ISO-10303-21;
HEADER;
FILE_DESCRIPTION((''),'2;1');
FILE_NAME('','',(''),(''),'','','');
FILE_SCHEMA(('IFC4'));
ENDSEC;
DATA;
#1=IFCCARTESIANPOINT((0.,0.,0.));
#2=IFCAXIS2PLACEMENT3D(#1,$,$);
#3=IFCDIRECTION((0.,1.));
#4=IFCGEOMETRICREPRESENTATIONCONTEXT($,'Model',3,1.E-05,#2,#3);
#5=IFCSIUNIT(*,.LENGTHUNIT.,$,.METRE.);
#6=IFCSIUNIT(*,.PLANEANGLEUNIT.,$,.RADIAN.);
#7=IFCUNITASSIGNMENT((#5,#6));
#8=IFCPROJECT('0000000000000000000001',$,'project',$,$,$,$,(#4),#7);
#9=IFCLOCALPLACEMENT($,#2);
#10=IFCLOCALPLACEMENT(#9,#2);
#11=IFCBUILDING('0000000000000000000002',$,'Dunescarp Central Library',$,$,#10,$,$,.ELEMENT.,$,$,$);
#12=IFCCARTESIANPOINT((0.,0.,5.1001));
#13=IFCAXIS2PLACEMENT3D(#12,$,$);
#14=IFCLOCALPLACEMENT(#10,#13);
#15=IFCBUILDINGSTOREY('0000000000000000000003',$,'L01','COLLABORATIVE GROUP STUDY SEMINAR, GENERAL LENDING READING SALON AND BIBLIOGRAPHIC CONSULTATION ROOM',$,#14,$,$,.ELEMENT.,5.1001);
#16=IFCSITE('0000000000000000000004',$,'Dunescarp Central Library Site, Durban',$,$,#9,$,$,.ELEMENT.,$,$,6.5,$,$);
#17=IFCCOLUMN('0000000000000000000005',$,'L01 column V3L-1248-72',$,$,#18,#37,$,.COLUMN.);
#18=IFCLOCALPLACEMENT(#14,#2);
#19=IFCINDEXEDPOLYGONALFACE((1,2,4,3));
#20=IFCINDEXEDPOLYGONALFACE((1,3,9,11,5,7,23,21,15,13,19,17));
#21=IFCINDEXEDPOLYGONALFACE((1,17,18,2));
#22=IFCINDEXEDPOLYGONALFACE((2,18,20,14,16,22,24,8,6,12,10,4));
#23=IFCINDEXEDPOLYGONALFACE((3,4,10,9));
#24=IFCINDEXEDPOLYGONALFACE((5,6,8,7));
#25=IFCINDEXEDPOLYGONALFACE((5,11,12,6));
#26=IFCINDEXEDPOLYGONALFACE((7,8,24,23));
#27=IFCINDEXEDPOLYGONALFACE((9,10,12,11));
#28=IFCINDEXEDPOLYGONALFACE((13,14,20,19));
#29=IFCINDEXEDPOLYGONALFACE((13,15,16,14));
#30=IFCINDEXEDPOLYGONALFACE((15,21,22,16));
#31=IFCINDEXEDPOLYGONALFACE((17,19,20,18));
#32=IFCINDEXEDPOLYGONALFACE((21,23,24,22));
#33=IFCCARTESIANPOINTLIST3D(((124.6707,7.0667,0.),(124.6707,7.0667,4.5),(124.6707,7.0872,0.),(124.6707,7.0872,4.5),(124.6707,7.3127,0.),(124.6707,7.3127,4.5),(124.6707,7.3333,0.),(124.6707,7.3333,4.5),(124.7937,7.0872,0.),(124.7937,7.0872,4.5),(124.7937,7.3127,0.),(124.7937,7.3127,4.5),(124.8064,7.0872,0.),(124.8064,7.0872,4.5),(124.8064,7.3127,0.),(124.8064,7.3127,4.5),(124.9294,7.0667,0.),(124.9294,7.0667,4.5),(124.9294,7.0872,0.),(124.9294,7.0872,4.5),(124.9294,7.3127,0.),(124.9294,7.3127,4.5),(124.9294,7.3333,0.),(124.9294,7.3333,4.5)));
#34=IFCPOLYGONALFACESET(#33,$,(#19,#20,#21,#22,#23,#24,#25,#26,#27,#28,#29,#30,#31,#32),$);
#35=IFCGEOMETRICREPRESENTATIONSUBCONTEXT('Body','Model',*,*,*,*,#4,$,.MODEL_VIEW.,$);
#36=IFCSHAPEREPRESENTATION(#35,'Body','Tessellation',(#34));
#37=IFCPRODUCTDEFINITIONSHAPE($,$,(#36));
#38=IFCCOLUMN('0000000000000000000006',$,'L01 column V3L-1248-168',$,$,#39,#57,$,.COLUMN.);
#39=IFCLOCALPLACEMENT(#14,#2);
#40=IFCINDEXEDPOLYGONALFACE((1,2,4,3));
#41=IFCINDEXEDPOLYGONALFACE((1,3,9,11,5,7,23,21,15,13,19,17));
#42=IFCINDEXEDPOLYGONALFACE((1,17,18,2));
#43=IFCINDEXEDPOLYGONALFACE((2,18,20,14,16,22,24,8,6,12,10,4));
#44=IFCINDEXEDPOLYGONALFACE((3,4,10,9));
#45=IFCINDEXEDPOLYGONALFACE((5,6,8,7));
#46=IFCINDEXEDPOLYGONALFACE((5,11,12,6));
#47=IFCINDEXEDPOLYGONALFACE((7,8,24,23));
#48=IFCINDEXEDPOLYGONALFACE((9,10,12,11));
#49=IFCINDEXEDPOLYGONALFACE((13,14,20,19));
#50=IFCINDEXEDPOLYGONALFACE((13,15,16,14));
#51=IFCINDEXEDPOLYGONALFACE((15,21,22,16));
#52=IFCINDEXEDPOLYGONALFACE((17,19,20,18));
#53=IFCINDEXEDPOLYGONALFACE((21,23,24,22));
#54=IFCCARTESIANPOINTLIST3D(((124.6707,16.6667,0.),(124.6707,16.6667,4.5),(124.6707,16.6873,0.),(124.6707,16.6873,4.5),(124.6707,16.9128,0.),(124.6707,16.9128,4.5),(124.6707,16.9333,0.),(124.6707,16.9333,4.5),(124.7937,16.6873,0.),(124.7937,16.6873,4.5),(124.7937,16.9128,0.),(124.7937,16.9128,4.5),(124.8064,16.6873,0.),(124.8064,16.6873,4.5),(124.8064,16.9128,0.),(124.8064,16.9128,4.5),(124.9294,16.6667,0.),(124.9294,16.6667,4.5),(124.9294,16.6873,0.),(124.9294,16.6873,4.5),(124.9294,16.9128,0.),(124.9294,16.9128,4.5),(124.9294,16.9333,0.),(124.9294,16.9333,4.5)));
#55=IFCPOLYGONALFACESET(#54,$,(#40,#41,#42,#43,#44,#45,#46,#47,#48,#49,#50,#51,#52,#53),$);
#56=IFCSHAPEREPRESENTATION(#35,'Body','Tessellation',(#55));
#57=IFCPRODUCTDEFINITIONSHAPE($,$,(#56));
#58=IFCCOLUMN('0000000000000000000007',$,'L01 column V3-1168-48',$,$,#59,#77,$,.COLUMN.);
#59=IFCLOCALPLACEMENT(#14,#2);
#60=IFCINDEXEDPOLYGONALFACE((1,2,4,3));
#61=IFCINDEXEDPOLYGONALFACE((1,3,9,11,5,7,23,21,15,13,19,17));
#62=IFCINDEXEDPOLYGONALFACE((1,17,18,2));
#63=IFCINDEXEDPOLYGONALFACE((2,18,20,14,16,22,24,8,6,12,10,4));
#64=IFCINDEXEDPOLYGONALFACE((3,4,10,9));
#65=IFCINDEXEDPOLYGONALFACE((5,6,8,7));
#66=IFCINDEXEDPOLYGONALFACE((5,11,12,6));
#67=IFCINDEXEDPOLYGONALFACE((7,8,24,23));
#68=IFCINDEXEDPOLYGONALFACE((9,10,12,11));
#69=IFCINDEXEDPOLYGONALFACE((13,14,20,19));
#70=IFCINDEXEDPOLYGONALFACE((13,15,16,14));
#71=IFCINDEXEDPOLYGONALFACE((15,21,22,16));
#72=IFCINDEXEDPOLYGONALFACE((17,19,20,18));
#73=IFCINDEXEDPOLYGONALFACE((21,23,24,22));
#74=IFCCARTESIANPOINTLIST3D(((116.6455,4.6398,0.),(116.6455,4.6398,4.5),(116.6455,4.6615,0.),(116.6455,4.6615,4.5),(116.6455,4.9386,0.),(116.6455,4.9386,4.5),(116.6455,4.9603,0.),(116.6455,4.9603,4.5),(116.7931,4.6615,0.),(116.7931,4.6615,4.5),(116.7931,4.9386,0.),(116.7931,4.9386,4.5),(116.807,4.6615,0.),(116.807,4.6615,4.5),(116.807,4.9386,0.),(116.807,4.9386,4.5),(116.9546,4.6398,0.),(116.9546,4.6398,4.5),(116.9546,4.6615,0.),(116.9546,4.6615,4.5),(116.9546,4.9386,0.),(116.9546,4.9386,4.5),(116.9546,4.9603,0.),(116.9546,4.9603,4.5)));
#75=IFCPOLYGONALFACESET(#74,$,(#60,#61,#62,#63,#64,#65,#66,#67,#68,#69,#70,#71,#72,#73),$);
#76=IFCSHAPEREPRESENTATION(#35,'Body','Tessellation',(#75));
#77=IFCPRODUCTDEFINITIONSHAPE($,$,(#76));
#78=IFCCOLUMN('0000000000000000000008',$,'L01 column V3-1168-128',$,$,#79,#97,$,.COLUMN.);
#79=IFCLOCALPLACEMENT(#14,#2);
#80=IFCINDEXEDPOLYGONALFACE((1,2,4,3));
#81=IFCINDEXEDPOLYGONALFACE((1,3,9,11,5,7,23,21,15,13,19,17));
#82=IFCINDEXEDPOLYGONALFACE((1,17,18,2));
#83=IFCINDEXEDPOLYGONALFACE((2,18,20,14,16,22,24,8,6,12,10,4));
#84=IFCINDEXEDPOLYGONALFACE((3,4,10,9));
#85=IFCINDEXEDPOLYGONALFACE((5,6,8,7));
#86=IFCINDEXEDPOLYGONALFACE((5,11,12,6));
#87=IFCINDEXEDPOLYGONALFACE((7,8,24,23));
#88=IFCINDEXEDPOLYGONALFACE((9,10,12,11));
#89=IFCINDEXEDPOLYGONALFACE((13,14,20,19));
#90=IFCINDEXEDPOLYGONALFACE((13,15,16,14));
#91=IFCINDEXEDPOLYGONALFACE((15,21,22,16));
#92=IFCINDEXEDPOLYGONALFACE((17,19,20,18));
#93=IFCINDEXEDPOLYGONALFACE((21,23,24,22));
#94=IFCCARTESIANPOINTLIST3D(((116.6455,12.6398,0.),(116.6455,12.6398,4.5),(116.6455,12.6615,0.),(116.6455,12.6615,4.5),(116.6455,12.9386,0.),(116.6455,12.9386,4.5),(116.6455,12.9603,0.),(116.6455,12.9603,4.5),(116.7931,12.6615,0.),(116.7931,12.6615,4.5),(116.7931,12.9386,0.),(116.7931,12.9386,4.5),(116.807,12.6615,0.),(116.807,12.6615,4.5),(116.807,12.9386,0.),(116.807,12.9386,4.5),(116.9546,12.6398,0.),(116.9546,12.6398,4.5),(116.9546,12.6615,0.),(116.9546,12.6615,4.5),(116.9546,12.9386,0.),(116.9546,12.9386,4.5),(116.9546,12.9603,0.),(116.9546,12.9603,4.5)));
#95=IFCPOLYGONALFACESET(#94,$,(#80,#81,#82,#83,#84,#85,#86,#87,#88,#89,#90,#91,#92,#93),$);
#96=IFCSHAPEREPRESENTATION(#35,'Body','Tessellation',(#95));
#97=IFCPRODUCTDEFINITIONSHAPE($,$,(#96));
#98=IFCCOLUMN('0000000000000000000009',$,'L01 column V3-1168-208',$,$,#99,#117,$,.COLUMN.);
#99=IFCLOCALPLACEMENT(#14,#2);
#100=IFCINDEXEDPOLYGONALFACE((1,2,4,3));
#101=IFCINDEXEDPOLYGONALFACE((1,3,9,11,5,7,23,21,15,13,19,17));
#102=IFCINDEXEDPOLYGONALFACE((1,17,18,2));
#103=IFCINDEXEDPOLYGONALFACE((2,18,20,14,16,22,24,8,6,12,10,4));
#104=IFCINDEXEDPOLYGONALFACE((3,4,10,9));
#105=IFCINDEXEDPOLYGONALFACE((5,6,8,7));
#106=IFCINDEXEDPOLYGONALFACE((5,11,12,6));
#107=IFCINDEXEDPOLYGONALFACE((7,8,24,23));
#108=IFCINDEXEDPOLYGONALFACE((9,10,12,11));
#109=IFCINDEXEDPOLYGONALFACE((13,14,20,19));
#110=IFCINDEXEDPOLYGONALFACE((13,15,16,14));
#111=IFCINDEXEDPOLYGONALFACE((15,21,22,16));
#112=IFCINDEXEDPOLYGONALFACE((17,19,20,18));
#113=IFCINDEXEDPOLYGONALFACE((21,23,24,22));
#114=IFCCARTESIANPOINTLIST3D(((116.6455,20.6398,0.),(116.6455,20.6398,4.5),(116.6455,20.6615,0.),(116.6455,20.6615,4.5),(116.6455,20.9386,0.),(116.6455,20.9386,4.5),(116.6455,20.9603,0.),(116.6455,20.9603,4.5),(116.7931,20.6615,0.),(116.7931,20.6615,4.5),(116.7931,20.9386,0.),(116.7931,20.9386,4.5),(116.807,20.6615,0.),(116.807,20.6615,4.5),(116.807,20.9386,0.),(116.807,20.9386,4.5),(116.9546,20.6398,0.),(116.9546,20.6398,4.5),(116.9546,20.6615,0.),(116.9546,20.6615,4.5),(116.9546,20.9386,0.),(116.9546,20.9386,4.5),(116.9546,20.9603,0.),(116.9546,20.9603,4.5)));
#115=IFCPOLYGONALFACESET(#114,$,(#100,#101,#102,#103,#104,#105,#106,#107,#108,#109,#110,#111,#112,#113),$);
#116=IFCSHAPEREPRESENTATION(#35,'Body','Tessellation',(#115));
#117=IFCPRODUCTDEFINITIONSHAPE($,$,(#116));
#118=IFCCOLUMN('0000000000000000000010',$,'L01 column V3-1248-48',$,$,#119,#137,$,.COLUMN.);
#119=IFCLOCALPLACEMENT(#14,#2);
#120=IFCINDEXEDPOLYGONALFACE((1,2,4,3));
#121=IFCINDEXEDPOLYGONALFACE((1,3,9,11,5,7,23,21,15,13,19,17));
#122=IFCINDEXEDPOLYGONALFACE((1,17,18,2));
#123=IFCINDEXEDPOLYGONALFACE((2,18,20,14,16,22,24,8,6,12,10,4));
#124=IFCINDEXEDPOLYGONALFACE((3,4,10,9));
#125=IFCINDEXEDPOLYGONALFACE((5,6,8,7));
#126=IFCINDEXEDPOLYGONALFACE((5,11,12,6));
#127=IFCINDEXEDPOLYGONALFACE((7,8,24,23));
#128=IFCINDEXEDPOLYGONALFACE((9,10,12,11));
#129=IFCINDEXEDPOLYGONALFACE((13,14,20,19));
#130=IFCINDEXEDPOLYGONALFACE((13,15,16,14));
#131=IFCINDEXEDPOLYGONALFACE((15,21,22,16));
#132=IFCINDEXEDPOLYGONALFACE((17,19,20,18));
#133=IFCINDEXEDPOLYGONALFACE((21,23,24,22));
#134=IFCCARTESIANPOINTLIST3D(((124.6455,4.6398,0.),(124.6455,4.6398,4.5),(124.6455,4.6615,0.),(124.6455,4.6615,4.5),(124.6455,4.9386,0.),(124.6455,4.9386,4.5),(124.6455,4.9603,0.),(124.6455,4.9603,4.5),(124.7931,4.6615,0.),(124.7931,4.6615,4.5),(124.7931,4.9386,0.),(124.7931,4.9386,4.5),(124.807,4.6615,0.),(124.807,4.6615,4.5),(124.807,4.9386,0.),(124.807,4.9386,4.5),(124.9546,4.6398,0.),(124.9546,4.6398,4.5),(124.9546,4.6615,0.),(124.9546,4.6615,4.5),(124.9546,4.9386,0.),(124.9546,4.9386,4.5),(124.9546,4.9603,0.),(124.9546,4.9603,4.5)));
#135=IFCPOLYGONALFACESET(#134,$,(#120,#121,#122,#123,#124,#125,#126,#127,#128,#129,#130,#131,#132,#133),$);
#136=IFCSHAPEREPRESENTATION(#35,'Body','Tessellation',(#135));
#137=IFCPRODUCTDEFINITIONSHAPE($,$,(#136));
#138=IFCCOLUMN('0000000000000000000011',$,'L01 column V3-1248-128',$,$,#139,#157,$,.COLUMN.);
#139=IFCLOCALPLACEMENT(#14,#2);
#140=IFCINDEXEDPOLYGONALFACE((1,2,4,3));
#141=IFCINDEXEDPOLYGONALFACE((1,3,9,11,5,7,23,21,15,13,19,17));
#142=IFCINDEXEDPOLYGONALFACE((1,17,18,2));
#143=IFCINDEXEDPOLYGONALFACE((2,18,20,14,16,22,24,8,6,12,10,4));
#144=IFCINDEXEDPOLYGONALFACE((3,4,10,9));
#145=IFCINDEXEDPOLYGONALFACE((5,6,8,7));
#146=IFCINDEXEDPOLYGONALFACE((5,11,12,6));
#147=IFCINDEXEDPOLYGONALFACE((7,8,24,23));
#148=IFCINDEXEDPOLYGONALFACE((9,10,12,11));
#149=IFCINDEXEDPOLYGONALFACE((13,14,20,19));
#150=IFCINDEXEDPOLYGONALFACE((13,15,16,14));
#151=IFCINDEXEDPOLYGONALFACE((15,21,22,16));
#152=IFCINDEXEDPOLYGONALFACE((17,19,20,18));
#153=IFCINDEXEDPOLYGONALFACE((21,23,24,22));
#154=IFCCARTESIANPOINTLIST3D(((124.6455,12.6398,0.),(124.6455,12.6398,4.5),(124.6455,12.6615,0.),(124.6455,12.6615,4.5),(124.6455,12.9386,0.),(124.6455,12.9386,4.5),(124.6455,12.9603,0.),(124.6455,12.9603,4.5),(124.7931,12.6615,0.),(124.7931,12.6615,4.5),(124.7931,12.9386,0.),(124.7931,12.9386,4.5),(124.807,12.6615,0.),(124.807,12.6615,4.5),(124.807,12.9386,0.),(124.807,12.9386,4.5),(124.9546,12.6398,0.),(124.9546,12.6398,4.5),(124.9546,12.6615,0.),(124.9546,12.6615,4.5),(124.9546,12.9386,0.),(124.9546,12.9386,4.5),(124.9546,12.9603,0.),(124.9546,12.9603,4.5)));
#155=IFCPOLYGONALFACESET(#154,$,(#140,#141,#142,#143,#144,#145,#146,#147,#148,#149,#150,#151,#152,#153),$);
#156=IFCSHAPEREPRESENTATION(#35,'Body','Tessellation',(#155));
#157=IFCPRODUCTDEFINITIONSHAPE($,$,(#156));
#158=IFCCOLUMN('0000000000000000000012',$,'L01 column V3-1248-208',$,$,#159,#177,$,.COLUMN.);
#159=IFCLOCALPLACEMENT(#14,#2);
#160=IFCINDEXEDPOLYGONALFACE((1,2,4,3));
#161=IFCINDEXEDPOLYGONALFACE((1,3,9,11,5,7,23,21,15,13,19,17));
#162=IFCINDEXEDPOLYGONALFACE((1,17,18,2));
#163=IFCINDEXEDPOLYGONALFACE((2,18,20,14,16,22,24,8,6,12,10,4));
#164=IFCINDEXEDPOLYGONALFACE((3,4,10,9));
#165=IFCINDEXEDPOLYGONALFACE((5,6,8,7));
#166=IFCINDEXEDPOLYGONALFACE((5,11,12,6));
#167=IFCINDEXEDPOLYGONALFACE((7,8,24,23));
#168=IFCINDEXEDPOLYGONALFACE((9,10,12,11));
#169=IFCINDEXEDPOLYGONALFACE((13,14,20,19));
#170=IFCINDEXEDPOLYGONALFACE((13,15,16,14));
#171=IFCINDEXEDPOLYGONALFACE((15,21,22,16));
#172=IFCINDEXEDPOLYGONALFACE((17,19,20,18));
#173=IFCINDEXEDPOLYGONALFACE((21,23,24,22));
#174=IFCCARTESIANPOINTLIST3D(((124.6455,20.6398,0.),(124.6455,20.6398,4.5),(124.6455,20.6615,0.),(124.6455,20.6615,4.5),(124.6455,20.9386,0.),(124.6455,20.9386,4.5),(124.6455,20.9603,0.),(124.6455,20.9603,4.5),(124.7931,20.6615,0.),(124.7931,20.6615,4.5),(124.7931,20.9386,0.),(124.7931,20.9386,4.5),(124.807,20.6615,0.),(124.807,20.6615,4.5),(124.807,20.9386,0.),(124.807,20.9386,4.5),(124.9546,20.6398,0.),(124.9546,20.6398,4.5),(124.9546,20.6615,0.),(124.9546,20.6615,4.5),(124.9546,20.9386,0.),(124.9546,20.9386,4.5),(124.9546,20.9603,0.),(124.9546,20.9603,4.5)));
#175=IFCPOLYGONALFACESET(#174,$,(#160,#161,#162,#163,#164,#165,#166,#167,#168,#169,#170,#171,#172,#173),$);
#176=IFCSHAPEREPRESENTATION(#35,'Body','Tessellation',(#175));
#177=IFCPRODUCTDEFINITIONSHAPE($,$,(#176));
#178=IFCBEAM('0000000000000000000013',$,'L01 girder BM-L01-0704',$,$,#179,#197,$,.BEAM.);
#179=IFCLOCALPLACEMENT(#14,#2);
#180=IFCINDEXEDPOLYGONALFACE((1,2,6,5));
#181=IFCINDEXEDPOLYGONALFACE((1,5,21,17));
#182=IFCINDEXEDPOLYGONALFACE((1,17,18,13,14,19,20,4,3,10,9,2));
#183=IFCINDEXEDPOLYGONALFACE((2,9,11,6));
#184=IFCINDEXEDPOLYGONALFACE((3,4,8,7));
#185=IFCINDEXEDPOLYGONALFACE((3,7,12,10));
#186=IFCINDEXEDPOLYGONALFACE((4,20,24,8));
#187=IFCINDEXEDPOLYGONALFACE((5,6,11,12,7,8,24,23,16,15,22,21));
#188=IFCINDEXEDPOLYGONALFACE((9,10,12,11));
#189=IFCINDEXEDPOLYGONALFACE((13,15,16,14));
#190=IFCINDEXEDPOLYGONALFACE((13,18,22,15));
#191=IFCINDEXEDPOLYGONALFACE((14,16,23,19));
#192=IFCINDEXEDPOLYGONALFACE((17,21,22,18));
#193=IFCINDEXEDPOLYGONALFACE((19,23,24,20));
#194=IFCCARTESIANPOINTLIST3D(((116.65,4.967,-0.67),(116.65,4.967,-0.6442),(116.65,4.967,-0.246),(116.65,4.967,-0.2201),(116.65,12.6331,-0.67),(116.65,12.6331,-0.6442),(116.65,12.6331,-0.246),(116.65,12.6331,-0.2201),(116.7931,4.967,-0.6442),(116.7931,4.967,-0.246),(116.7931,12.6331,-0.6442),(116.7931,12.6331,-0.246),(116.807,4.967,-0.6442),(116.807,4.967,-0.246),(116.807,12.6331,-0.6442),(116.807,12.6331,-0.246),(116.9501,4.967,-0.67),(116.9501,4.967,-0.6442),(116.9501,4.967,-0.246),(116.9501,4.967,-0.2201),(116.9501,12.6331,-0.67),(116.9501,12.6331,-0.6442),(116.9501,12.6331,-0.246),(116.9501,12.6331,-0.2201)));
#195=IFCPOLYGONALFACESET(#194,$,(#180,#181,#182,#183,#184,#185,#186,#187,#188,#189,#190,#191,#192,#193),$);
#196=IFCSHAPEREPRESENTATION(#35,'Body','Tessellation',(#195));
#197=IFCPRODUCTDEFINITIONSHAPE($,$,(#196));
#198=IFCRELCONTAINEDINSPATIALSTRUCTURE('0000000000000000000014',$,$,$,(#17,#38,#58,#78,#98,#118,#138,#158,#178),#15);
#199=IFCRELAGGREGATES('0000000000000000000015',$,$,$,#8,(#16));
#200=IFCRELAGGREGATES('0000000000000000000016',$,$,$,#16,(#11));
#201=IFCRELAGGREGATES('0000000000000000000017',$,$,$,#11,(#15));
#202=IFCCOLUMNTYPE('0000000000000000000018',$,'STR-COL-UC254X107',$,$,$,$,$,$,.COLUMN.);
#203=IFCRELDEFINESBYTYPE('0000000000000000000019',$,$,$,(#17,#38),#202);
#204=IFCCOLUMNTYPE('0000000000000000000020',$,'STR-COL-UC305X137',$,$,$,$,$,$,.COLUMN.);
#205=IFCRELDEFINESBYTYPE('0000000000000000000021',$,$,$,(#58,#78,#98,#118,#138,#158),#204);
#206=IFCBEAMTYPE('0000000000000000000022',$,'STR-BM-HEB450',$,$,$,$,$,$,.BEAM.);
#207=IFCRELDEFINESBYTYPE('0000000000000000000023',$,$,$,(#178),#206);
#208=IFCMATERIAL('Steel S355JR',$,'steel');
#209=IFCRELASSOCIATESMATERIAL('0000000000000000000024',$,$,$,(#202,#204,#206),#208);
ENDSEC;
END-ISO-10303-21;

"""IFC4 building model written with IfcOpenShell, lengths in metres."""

from ifc_helpers import new_model, si_unit, direction, frame, origin, origin_2d, place, context, subcontext, project, spatial, i_section, extrude, material, material_profile, profile_set, type_object, element, save


model = new_model("IFC4")

# Units and contexts
model_context = context("Model", 3, precision=1e-05, world=origin(), true_north=direction((0.0, 1.0)))
body_context = subcontext(model_context, "Body", "Model", "MODEL_VIEW")
ifc_project = project(units=[si_unit("LENGTHUNIT", "METRE"), si_unit("PLANEANGLEUNIT", "RADIAN")], contexts=[model_context])

# Site, building, storey
site_placement = place(None, origin())
site = spatial("IfcSite", under=ifc_project, at=site_placement, Name="Dunescarp Central Library Site, Durban", CompositionType="ELEMENT", RefElevation=6.5)
building_placement = place(site_placement, origin())
building = spatial("IfcBuilding", under=site, at=building_placement, Name="Dunescarp Central Library", CompositionType="ELEMENT")
storey_placement = place(building_placement, frame((0.0, 0.0, 5.1001)))
storey = spatial("IfcBuildingStorey", under=building, at=storey_placement, Name="L01", Description="COLLABORATIVE GROUP STUDY SEMINAR, GENERAL LENDING READING SALON AND BIBLIOGRAPHIC CONSULTATION ROOM", CompositionType="ELEMENT", Elevation=5.1001)

# Columns
ifc_material_1 = material(Name="Steel S355JR", Category="steel")
ifc_material_profile_1 = material_profile(ifc_material_1, i_section(OverallWidth=0.2588, OverallDepth=0.2666, WebThickness=0.0127, FlangeThickness=0.0205, at=origin_2d()), Name="UC 254x254x107")
ifc_profile_set_1 = profile_set([ifc_material_profile_1], Name="Steel S355JR")
column_type_1 = type_object("IfcColumnType", Name="STR-COL-UC254X107", PredefinedType="COLUMN", material=ifc_profile_set_1)
for number, where, z_axis, x_axis, name in (
    (1, (124.8, 7.2, 0.0), (0.0, 0.0, 1.0), (1.0, 0.0, 0.0), "L01 column V3L-1248-72"),
    (2, (124.8, 16.8, 0.0), (0.0, 0.0, 1.0), (1.0, 0.0, 0.0), "L01 column V3L-1248-168"),
):
    element("IfcColumn", number, at=place(storey_placement, frame(where, z_axis=z_axis, x_axis=x_axis)), inside=storey, type_object=column_type_1, Name=name, PredefinedType="COLUMN", context=body_context, shape_type="SweptSolid", body=[
        extrude(i_section(OverallWidth=0.2588, OverallDepth=0.2666, WebThickness=0.0127, FlangeThickness=0.0205, at=origin_2d()), origin(), (0.0, 0.0, 1.0), 4.5),
    ])
ifc_material_profile_2 = material_profile(ifc_material_1, i_section(OverallWidth=0.3091, OverallDepth=0.3206, WebThickness=0.0139, FlangeThickness=0.0217, at=origin_2d()), Name="UC 305x305x137")
ifc_profile_set_2 = profile_set([ifc_material_profile_2], Name="Steel S355JR")
column_type_2 = type_object("IfcColumnType", Name="STR-COL-UC305X137", PredefinedType="COLUMN", material=ifc_profile_set_2)
for number, where, z_axis, x_axis, name in (
    (3, (116.8, 4.8, 0.0), (0.0, 0.0, 1.0), (1.0, 0.0, 0.0), "L01 column V3-1168-48"),
    (4, (116.8, 12.8, 0.0), (0.0, 0.0, 1.0), (1.0, 0.0, 0.0), "L01 column V3-1168-128"),
    (5, (116.8, 20.8, 0.0), (0.0, 0.0, 1.0), (1.0, 0.0, 0.0), "L01 column V3-1168-208"),
    (6, (124.8, 4.8, 0.0), (0.0, 0.0, 1.0), (1.0, 0.0, 0.0), "L01 column V3-1248-48"),
    (7, (124.8, 12.8, 0.0), (0.0, 0.0, 1.0), (1.0, 0.0, 0.0), "L01 column V3-1248-128"),
    (8, (124.8, 20.8, 0.0), (0.0, 0.0, 1.0), (1.0, 0.0, 0.0), "L01 column V3-1248-208"),
):
    element("IfcColumn", number, at=place(storey_placement, frame(where, z_axis=z_axis, x_axis=x_axis)), inside=storey, type_object=column_type_2, Name=name, PredefinedType="COLUMN", context=body_context, shape_type="SweptSolid", body=[
        extrude(i_section(OverallWidth=0.3091, OverallDepth=0.3206, WebThickness=0.0139, FlangeThickness=0.0217, at=origin_2d()), origin(), (0.0, 0.0, 1.0), 4.5),
    ])

# Beam
ifc_material_profile_3 = material_profile(ifc_material_1, i_section(OverallWidth=0.3, OverallDepth=0.45, WebThickness=0.0139, FlangeThickness=0.0259, at=origin_2d()), Name="HEB 450")
ifc_profile_set_3 = profile_set([ifc_material_profile_3], Name="Steel S355JR")
beam_type_1 = type_object("IfcBeamType", Name="STR-BM-HEB450", PredefinedType="BEAM", material=ifc_profile_set_3)
for number, where, z_axis, x_axis, name in (
    (9, (116.8, 4.967, -0.4451), (0.0, 1.0, 0.0), (-1.0, 0.0, 0.0), "L01 girder BM-L01-0704"),
):
    element("IfcBeam", number, at=place(storey_placement, frame(where, z_axis=z_axis, x_axis=x_axis)), inside=storey, type_object=beam_type_1, Name=name, PredefinedType="BEAM", context=body_context, shape_type="SweptSolid", body=[
        extrude(i_section(OverallWidth=0.3, OverallDepth=0.45, WebThickness=0.0139, FlangeThickness=0.0259, at=origin_2d()), origin(), (0.0, 0.0, 1.0), 7.666),
    ])

save(model, "model.ifc")
